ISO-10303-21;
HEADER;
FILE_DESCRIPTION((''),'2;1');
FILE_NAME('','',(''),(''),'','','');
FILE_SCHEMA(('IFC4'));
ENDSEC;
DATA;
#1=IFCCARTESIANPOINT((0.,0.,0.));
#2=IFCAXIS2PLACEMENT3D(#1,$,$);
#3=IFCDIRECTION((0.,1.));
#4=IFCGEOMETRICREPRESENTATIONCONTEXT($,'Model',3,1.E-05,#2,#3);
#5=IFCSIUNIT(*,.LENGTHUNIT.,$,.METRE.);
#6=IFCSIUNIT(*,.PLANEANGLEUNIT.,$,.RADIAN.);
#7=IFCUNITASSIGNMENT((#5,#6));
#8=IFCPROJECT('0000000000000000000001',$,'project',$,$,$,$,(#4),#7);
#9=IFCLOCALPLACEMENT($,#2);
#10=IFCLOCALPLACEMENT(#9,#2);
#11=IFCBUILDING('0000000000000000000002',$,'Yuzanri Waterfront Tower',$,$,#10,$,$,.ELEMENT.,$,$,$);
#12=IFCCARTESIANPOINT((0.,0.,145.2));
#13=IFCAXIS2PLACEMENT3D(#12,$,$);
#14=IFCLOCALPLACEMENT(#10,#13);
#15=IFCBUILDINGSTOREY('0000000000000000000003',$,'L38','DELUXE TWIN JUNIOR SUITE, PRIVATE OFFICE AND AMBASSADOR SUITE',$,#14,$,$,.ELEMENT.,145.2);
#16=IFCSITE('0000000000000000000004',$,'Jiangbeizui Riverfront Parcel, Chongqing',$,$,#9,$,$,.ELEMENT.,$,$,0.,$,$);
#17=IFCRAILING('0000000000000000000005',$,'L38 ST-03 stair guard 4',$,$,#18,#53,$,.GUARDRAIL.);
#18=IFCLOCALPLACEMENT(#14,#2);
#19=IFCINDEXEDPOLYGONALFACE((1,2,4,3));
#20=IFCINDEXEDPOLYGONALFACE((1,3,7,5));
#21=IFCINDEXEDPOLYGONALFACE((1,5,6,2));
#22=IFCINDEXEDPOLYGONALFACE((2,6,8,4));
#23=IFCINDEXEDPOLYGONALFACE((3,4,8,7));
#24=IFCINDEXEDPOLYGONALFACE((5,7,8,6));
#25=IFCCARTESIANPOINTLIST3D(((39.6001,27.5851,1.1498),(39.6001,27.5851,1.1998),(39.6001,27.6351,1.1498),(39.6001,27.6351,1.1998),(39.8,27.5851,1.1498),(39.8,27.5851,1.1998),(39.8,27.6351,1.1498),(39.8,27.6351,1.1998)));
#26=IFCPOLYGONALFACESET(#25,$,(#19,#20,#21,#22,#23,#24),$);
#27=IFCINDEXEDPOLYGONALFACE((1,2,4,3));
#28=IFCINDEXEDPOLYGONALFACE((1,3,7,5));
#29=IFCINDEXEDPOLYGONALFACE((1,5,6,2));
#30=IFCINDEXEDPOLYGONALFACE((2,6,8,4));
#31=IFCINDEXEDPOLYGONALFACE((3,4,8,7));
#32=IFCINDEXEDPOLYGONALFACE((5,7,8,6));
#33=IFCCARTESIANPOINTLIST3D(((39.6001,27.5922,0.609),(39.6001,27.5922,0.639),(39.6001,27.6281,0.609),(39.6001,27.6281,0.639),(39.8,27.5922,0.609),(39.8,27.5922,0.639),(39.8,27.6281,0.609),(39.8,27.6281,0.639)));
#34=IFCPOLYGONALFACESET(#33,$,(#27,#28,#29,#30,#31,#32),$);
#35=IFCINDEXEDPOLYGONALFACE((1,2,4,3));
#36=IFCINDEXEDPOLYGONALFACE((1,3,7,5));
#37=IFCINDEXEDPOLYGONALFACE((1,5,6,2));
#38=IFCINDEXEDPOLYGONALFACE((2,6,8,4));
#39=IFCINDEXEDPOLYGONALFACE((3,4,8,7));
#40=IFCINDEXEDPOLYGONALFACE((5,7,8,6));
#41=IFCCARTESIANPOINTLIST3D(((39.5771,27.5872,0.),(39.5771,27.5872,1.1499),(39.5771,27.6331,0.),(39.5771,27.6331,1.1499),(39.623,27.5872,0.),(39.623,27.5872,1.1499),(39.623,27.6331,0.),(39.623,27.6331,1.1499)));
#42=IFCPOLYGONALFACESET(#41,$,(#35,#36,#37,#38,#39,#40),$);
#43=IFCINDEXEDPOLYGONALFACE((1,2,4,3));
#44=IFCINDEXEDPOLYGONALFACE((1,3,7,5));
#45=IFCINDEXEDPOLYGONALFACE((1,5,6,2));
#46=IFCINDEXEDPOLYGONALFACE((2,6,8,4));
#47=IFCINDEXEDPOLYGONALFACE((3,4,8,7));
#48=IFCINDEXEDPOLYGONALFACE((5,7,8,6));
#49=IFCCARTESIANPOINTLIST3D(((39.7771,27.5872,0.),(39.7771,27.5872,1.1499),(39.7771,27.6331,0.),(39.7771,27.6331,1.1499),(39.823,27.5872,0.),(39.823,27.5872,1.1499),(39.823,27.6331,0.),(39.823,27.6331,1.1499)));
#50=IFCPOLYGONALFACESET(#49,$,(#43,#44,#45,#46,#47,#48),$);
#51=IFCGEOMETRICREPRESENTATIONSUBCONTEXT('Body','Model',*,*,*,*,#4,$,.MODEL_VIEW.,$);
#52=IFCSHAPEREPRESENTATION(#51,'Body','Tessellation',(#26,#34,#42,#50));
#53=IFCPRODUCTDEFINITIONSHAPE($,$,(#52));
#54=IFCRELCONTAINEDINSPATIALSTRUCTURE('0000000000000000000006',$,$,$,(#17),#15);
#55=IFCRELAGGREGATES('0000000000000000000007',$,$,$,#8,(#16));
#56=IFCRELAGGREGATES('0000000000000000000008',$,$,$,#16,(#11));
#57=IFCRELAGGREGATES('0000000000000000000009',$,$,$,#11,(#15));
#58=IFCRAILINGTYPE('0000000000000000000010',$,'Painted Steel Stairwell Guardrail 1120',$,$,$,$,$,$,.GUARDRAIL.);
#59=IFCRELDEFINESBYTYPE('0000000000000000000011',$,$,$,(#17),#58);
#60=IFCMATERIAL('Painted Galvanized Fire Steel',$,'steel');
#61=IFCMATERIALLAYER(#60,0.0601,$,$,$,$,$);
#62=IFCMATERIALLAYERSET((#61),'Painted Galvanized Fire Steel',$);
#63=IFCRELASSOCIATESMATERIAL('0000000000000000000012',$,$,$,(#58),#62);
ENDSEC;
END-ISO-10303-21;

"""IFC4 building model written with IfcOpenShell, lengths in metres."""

from ifc_helpers import new_model, si_unit, direction, frame, origin, origin_2d, place, context, subcontext, project, spatial, rectangle, extrude, source, transform, mapped, material, layer, layer_set, type_object, element, save


model = new_model("IFC4")

# Units and contexts
model_context = context("Model", 3, precision=1e-05, world=origin(), true_north=direction((0.0, 1.0)))
body_context = subcontext(model_context, "Body", "Model", "MODEL_VIEW")
ifc_project = project(units=[si_unit("LENGTHUNIT", "METRE"), si_unit("PLANEANGLEUNIT", "RADIAN")], contexts=[model_context])

# Site, building, storey
site_placement = place(None, origin())
site = spatial("IfcSite", under=ifc_project, at=site_placement, Name="Jiangbeizui Riverfront Parcel, Chongqing", CompositionType="ELEMENT", RefElevation=0.0)
building_placement = place(site_placement, origin())
building = spatial("IfcBuilding", under=site, at=building_placement, Name="Yuzanri Waterfront Tower", CompositionType="ELEMENT")
storey_placement = place(building_placement, frame((0.0, 0.0, 145.2)))
storey = spatial("IfcBuildingStorey", under=building, at=storey_placement, Name="L38", Description="DELUXE TWIN JUNIOR SUITE, PRIVATE OFFICE AND AMBASSADOR SUITE", CompositionType="ELEMENT", Elevation=145.2)

# Railing
ifc_material_1 = material(Name="Painted Galvanized Fire Steel", Category="steel")
ifc_layer_1 = layer(ifc_material_1, 0.0601)
ifc_layer_set_1 = layer_set([ifc_layer_1], Name="Painted Galvanized Fire Steel")
railing_type_1 = type_object("IfcRailingType", Name="Painted Steel Stairwell Guardrail 1120", PredefinedType="GUARDRAIL", material=ifc_layer_set_1)
shared_shape_1 = source(origin(), body_context, "Body", "SweptSolid", [
    extrude(rectangle(XDim=0.05, YDim=0.05, at=origin_2d()), frame((0.0, 0.0, 1.1748), z_axis=(1.0, 0.0, 0.0), x_axis=(0.0, 1.0, 0.0)), (0.0, 0.0, 1.0), 0.2),
    extrude(rectangle(XDim=0.0359, YDim=0.03, at=origin_2d()), frame((0.0, 0.0, 0.624), z_axis=(1.0, 0.0, 0.0), x_axis=(0.0, 1.0, 0.0)), (0.0, 0.0, 1.0), 0.2),
    extrude(rectangle(XDim=0.0459, YDim=0.0459, at=origin_2d()), origin(), (0.0, 0.0, 1.0), 1.1499),
    extrude(rectangle(XDim=0.0459, YDim=0.0459, at=origin_2d()), frame((0.2, 0.0, 0.0)), (0.0, 0.0, 1.0), 1.1499),
])
railing_1_placement = place(storey_placement, frame((39.6001, 27.6101, 0.0)))
element("IfcRailing", 1, at=railing_1_placement, inside=storey, type_object=railing_type_1, Name="L38 ST-03 stair guard 4", PredefinedType="GUARDRAIL", context=body_context, shape_type="MappedRepresentation", body=[
    mapped(shared_shape_1, transform((0.0, 0.0, 0.0), scale=1.0)),
])

save(model, "model.ifc")
